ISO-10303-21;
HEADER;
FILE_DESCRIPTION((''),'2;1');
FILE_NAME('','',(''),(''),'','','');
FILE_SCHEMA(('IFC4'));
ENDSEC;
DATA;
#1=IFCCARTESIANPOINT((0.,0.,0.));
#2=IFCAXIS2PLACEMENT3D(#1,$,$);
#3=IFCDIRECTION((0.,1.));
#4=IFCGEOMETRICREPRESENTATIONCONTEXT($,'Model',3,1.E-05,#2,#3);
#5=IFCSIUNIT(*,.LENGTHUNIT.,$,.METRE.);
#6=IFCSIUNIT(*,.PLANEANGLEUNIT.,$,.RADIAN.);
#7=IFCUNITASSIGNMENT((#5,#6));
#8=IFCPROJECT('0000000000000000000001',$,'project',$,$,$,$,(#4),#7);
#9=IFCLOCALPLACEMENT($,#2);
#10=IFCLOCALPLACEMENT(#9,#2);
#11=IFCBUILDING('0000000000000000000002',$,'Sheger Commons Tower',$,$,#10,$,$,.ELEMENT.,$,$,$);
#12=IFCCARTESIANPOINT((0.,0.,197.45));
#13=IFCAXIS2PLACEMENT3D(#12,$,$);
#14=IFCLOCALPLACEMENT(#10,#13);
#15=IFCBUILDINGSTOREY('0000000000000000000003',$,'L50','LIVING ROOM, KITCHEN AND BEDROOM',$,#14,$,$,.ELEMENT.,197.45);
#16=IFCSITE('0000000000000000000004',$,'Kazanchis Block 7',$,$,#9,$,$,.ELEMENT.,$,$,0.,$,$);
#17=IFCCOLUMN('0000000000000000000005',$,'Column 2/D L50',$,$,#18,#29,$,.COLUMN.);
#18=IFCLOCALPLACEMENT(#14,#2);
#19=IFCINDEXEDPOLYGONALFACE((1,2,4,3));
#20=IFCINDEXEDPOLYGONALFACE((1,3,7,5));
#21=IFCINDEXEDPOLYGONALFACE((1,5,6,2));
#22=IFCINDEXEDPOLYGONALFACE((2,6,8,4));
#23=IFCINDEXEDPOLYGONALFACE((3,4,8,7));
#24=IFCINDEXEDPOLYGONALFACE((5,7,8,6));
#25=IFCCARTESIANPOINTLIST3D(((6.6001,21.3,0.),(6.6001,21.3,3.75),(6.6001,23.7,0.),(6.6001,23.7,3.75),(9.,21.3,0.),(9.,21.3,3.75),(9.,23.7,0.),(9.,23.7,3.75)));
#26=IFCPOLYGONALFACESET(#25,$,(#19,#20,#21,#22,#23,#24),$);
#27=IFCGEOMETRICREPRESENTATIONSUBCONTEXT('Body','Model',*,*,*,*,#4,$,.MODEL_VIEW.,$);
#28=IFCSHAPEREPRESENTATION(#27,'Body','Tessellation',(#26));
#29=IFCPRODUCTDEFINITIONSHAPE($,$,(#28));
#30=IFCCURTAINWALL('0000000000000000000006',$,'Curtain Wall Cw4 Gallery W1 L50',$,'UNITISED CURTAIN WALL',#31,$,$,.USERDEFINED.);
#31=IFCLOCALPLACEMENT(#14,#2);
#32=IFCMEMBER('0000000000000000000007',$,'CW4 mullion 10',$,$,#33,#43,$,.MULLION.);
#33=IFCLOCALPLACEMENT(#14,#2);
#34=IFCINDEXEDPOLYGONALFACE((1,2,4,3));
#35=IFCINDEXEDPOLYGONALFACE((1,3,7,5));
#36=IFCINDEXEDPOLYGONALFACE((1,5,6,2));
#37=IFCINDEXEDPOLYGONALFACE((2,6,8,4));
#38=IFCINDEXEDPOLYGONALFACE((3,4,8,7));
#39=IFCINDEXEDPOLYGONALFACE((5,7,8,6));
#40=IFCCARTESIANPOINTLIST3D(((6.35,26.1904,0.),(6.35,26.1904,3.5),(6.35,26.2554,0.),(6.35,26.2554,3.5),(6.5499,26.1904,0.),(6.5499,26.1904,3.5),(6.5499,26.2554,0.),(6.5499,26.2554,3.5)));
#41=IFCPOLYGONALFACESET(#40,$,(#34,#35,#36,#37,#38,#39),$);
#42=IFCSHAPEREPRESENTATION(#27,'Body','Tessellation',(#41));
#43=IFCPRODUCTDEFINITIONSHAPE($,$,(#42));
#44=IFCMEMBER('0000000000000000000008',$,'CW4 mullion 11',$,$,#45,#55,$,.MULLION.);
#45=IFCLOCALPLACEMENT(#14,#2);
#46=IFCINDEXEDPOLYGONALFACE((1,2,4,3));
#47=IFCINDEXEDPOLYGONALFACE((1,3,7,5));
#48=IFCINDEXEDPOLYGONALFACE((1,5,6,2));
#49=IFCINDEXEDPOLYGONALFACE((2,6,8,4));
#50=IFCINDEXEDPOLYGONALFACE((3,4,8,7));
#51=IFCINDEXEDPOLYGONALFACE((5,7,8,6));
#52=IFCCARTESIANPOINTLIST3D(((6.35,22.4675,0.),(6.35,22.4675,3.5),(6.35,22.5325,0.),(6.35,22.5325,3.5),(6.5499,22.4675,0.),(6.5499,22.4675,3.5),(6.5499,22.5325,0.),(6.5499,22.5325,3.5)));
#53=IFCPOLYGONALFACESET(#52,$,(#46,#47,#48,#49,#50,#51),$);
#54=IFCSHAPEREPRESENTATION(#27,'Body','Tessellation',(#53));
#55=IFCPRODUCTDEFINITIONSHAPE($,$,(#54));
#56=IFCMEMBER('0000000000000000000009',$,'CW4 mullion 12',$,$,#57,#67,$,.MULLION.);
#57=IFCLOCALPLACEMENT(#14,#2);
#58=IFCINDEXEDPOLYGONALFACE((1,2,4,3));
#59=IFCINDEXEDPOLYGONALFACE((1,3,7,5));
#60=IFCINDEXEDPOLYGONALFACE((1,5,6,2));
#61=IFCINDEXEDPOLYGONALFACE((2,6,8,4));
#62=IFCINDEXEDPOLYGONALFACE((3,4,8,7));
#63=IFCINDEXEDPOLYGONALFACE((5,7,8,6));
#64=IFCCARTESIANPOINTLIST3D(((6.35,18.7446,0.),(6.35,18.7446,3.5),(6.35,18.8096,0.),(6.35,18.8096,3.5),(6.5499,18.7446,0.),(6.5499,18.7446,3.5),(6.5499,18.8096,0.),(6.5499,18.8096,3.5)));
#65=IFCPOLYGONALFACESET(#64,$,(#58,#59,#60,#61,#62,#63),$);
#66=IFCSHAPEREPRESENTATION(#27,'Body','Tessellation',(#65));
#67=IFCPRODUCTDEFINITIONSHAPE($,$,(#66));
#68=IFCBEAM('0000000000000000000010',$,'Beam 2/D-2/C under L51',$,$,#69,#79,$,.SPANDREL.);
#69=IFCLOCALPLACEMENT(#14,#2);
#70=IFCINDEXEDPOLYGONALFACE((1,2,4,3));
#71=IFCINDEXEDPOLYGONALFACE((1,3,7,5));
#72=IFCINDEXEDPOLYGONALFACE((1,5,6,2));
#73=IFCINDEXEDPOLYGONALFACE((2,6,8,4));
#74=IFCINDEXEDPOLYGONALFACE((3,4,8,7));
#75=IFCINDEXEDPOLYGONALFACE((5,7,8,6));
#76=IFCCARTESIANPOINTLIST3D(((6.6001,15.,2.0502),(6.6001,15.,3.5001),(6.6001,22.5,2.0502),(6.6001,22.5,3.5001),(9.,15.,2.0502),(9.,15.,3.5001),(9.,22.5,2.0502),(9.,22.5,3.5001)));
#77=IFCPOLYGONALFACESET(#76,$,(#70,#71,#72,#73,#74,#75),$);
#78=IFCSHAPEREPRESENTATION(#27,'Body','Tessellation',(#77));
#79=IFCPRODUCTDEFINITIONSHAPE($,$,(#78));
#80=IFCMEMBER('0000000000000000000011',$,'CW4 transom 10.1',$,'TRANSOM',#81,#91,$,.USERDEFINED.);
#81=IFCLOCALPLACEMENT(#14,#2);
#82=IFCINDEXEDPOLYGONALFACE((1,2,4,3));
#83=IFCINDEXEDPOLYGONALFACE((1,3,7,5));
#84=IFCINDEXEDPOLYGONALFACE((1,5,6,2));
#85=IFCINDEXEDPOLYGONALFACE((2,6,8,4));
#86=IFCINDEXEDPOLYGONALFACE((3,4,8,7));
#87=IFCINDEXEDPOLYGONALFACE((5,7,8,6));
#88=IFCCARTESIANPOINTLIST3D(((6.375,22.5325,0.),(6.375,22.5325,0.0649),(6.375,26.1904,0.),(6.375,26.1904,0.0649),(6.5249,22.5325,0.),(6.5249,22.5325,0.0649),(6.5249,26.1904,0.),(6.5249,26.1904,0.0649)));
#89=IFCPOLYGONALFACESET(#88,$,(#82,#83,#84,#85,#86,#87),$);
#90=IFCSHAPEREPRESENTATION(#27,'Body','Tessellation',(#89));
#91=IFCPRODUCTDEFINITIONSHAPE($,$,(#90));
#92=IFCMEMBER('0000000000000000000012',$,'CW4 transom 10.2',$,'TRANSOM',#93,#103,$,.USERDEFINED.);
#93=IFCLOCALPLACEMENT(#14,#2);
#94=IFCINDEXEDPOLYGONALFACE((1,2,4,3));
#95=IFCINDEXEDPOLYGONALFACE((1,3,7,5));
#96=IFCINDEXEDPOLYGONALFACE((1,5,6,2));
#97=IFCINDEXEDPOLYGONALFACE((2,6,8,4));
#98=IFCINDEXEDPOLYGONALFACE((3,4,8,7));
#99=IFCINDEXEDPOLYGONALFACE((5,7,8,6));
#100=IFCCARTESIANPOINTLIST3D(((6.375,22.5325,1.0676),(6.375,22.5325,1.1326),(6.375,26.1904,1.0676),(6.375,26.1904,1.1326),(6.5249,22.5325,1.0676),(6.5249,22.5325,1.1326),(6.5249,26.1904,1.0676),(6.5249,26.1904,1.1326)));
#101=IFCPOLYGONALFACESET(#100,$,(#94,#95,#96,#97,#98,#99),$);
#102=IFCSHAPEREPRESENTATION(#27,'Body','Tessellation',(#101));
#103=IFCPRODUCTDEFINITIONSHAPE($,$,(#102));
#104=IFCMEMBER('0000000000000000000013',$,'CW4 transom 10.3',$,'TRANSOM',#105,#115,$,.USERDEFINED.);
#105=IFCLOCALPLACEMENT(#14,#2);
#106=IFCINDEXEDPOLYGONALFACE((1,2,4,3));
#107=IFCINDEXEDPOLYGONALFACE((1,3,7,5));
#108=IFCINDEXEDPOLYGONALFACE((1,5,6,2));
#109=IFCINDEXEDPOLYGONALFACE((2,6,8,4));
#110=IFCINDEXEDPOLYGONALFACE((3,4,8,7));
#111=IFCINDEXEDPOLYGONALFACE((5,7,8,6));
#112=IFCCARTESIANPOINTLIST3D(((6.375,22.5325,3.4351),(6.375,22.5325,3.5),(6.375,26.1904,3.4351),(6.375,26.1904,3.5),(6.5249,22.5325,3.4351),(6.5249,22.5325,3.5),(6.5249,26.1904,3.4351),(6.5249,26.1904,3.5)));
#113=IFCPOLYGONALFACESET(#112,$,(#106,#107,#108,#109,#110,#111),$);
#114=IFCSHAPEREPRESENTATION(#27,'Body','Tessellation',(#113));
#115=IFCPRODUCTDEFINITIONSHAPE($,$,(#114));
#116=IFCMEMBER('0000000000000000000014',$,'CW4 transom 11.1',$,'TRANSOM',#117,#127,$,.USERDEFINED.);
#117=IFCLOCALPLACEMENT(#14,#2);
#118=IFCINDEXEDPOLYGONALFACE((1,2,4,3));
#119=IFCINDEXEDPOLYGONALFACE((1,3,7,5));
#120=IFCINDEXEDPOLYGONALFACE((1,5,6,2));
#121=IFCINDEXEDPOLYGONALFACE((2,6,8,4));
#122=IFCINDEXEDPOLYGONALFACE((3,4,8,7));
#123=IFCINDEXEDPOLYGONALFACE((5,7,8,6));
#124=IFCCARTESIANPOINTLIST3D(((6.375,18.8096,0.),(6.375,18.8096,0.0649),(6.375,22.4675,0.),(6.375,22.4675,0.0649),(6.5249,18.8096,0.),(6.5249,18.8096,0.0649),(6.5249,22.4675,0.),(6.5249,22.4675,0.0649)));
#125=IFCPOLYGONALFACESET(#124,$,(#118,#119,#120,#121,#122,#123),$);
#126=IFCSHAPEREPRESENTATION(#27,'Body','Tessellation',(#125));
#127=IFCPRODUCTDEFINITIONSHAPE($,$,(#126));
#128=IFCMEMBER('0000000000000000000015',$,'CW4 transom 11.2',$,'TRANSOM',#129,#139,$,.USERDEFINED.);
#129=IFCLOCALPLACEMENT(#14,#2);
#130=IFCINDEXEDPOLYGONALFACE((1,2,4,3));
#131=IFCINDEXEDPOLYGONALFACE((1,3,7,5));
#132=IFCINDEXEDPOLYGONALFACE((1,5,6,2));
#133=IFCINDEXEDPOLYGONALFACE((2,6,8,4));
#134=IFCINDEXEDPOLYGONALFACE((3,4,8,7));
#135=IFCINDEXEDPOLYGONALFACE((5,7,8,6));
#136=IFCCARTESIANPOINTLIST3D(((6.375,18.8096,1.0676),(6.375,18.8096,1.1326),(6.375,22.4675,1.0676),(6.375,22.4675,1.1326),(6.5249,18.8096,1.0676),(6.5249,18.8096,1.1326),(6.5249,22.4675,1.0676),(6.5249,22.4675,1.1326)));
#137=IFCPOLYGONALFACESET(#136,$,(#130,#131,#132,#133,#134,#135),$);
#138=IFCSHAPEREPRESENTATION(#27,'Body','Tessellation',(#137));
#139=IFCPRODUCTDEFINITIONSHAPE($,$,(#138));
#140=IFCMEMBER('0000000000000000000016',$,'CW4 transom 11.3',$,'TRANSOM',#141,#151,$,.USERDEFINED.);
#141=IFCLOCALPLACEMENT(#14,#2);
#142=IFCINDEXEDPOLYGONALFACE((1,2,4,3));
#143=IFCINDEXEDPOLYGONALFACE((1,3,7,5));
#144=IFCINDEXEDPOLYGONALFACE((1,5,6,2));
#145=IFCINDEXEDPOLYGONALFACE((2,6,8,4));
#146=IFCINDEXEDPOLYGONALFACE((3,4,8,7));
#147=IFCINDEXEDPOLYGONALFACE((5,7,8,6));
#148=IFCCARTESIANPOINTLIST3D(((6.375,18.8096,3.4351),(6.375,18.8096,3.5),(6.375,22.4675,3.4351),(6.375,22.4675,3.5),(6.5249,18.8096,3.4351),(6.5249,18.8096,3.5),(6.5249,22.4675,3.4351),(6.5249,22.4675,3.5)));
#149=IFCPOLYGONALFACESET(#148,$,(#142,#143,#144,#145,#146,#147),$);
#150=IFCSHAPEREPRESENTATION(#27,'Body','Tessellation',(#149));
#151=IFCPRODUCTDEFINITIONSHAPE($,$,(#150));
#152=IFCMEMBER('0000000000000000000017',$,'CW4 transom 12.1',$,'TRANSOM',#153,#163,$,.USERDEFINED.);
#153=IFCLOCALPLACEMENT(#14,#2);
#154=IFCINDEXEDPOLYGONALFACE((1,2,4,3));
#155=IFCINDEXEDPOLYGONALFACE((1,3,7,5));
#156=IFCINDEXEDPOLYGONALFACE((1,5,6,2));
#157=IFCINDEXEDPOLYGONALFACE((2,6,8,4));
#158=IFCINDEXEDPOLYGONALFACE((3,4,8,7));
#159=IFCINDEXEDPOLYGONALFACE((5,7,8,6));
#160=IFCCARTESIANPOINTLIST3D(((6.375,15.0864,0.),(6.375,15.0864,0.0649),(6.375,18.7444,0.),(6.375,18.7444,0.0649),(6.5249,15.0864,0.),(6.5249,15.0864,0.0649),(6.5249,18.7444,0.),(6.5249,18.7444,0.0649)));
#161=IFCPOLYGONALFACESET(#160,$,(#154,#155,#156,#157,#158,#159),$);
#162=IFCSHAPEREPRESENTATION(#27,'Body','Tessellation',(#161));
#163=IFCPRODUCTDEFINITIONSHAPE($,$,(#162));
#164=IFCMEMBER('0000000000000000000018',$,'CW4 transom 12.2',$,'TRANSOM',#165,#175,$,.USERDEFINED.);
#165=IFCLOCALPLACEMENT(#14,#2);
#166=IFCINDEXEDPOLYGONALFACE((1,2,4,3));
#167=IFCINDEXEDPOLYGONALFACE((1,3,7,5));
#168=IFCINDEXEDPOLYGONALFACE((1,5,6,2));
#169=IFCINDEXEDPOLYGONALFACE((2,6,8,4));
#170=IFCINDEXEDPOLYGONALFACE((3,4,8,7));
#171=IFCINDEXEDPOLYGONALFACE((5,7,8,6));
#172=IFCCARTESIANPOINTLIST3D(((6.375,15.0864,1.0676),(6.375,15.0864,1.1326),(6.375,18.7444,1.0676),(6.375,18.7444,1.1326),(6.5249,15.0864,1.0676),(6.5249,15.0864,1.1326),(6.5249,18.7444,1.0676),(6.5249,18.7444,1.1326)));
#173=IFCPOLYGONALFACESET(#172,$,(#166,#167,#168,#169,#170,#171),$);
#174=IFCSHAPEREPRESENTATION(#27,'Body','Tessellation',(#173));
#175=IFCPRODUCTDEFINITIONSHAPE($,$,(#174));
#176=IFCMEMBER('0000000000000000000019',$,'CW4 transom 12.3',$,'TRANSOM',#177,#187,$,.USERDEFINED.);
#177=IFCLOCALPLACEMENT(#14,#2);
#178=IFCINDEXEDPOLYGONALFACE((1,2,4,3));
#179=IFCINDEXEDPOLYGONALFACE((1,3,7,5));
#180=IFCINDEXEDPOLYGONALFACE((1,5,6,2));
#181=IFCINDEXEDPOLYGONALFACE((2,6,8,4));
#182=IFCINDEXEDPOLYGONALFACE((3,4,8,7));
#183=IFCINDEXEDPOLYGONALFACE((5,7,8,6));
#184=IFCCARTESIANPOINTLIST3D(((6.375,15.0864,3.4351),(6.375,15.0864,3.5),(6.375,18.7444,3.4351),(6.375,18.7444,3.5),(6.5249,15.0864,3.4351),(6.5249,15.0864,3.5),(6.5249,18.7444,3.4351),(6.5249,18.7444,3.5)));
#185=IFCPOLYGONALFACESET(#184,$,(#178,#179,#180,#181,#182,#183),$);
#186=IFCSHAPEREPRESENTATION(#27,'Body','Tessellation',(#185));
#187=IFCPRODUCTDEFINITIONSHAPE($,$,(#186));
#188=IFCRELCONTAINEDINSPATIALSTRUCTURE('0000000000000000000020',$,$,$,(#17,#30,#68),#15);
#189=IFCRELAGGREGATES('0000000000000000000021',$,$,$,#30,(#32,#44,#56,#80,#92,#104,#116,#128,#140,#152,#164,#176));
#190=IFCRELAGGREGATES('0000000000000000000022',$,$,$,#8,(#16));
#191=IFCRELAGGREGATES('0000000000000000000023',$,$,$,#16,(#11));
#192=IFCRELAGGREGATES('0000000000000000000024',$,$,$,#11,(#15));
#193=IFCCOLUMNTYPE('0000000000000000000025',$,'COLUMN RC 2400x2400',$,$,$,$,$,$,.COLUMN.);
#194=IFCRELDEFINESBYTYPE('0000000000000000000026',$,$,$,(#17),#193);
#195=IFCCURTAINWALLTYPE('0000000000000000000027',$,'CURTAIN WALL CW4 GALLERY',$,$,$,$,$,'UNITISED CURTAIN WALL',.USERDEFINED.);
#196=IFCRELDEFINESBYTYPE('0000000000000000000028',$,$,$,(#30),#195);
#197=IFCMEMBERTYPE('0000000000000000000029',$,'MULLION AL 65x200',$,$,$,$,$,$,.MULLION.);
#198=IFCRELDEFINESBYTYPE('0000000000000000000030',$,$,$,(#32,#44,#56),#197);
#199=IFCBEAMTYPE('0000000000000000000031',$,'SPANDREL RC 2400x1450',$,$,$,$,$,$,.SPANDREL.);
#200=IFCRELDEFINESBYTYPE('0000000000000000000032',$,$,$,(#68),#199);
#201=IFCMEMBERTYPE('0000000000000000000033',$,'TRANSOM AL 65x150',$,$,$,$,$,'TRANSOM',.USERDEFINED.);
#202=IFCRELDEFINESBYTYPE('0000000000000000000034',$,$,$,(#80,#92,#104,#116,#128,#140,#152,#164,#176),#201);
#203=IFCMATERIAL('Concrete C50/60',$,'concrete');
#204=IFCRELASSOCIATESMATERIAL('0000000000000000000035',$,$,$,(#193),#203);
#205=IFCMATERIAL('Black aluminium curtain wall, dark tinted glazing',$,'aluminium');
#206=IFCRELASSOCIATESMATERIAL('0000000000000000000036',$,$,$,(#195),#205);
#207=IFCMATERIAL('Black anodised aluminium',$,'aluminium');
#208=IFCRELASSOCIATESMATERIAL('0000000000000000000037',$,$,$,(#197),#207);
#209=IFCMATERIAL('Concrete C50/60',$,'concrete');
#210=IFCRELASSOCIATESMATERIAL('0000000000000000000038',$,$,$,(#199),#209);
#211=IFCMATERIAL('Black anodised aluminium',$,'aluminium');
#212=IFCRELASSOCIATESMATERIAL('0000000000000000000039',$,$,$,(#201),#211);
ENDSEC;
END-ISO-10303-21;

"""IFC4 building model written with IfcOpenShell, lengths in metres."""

from ifc_helpers import new_model, si_unit, direction, frame, origin, origin_2d, place, context, subcontext, project, spatial, rectangle, extrude, material, material_profile, profile_set, type_object, element, aggregate, save


model = new_model("IFC4")

# Units and contexts
model_context = context("Model", 3, precision=1e-05, world=origin(), true_north=direction((0.0, 1.0)))
body_context = subcontext(model_context, "Body", "Model", "MODEL_VIEW")
ifc_project = project(units=[si_unit("LENGTHUNIT", "METRE"), si_unit("PLANEANGLEUNIT", "RADIAN")], contexts=[model_context])

# Site, building, storey
site_placement = place(None, origin())
site = spatial("IfcSite", under=ifc_project, at=site_placement, Name="Kazanchis Block 7", CompositionType="ELEMENT", RefElevation=0.0)
building_placement = place(site_placement, origin())
building = spatial("IfcBuilding", under=site, at=building_placement, Name="Sheger Commons Tower", CompositionType="ELEMENT")
storey_placement = place(building_placement, frame((0.0, 0.0, 197.45)))
storey = spatial("IfcBuildingStorey", under=building, at=storey_placement, Name="L50", Description="LIVING ROOM, KITCHEN AND BEDROOM", CompositionType="ELEMENT", Elevation=197.45)

# Column
ifc_material_1 = material(Name="Concrete C50/60", Category="concrete")
ifc_material_profile_1 = material_profile(ifc_material_1, rectangle(XDim=2.3999, YDim=2.3999, at=origin_2d()), Name="RC 2400x2400")
ifc_profile_set_1 = profile_set([ifc_material_profile_1], Name="Concrete C50/60")
column_type = type_object("IfcColumnType", Name="COLUMN RC 2400x2400", PredefinedType="COLUMN", material=ifc_profile_set_1)
column_placement = place(storey_placement, frame((7.8, 22.5, 0.0), z_axis=(0.0, 0.0, 1.0), x_axis=(1.0, 0.0, 0.0)))
element("IfcColumn", 1, at=column_placement, inside=storey, type_object=column_type, Name="Column 2/D L50", PredefinedType="COLUMN", context=body_context, shape_type="SweptSolid", body=[
    extrude(rectangle(XDim=2.3999, YDim=2.3999, at=origin_2d()), origin(), (0.0, 0.0, 1.0), 3.75),
])

# Curtain wall, members
ifc_material_2 = material(Name="Black aluminium curtain wall, dark tinted glazing", Category="aluminium")
curtain_wall_type = type_object("IfcCurtainWallType", Name="CURTAIN WALL CW4 GALLERY", ElementType="UNITISED CURTAIN WALL", PredefinedType="USERDEFINED", material=ifc_material_2)
curtain_wall_placement = place(storey_placement, origin())
curtain_wall = element("IfcCurtainWall", 2, at=curtain_wall_placement, inside=storey, type_object=curtain_wall_type, Name="Curtain Wall Cw4 Gallery W1 L50", ObjectType="UNITISED CURTAIN WALL", PredefinedType="USERDEFINED")
ifc_material_3 = material(Name="Black anodised aluminium", Category="aluminium")
ifc_material_profile_2 = material_profile(ifc_material_3, rectangle(XDim=0.2, YDim=0.0649, at=origin_2d()), Name="AL 65x200")
ifc_profile_set_2 = profile_set([ifc_material_profile_2], Name="Black anodised aluminium")
member_type_1 = type_object("IfcMemberType", Name="MULLION AL 65x200", PredefinedType="MULLION", material=ifc_profile_set_2)
member_1_placement = place(storey_placement, frame((6.45, 26.2229, 0.0), z_axis=(0.0, 0.0, 1.0), x_axis=(1.0, 0.0, 0.0)))
member_1 = element("IfcMember", 3, at=member_1_placement, type_object=member_type_1, Name="CW4 mullion 10", PredefinedType="MULLION", context=body_context, shape_type="SweptSolid", body=[
    extrude(rectangle(XDim=0.2, YDim=0.0649, at=origin_2d()), origin(), (0.0, 0.0, 1.0), 3.5),
])
member_2_placement = place(storey_placement, frame((6.45, 22.5, 0.0), z_axis=(0.0, 0.0, 1.0), x_axis=(1.0, 0.0, 0.0)))
member_2 = element("IfcMember", 4, at=member_2_placement, type_object=member_type_1, Name="CW4 mullion 11", PredefinedType="MULLION", context=body_context, shape_type="SweptSolid", body=[
    extrude(rectangle(XDim=0.2, YDim=0.0649, at=origin_2d()), origin(), (0.0, 0.0, 1.0), 3.5),
])
member_3_placement = place(storey_placement, frame((6.45, 18.7771, 0.0), z_axis=(0.0, 0.0, 1.0), x_axis=(1.0, 0.0, 0.0)))
member_3 = element("IfcMember", 5, at=member_3_placement, type_object=member_type_1, Name="CW4 mullion 12", PredefinedType="MULLION", context=body_context, shape_type="SweptSolid", body=[
    extrude(rectangle(XDim=0.2, YDim=0.0649, at=origin_2d()), origin(), (0.0, 0.0, 1.0), 3.5),
])

# Beam
ifc_material_4 = material(Name="Concrete C50/60", Category="concrete")
ifc_material_profile_3 = material_profile(ifc_material_4, rectangle(XDim=2.3999, YDim=1.45, at=origin_2d()), Name="RC 2400x1450")
ifc_profile_set_3 = profile_set([ifc_material_profile_3], Name="Concrete C50/60")
beam_type = type_object("IfcBeamType", Name="SPANDREL RC 2400x1450", PredefinedType="SPANDREL", material=ifc_profile_set_3)
beam_placement = place(storey_placement, frame((7.8, 22.5, 2.7751), z_axis=(0.0, -1.0, 0.0), x_axis=(1.0, 0.0, 0.0)))
element("IfcBeam", 6, at=beam_placement, inside=storey, type_object=beam_type, Name="Beam 2/D-2/C under L51", PredefinedType="SPANDREL", context=body_context, shape_type="SweptSolid", body=[
    extrude(rectangle(XDim=2.3999, YDim=1.45, at=origin_2d()), origin(), (0.0, 0.0, 1.0), 7.5),
])

# Members
ifc_material_5 = material(Name="Black anodised aluminium", Category="aluminium")
ifc_material_profile_4 = material_profile(ifc_material_5, rectangle(XDim=0.1499, YDim=0.0649, at=origin_2d()), Name="AL 65x150")
ifc_profile_set_4 = profile_set([ifc_material_profile_4], Name="Black anodised aluminium")
member_type_2 = type_object("IfcMemberType", Name="TRANSOM AL 65x150", ElementType="TRANSOM", PredefinedType="USERDEFINED", material=ifc_profile_set_4)
member_4_placement = place(storey_placement, frame((6.45, 26.1904, 0.0325), z_axis=(0.0, -1.0, 0.0), x_axis=(1.0, 0.0, 0.0)))
member_4 = element("IfcMember", 7, at=member_4_placement, type_object=member_type_2, Name="CW4 transom 10.1", ObjectType="TRANSOM", PredefinedType="USERDEFINED", context=body_context, shape_type="SweptSolid", body=[
    extrude(rectangle(XDim=0.1499, YDim=0.0649, at=origin_2d()), origin(), (0.0, 0.0, 1.0), 3.658),
])
member_5_placement = place(storey_placement, frame((6.45, 26.1904, 1.1001), z_axis=(0.0, -1.0, 0.0), x_axis=(1.0, 0.0, 0.0)))
member_5 = element("IfcMember", 8, at=member_5_placement, type_object=member_type_2, Name="CW4 transom 10.2", ObjectType="TRANSOM", PredefinedType="USERDEFINED", context=body_context, shape_type="SweptSolid", body=[
    extrude(rectangle(XDim=0.1499, YDim=0.0649, at=origin_2d()), origin(), (0.0, 0.0, 1.0), 3.658),
])
member_6_placement = place(storey_placement, frame((6.45, 26.1904, 3.4675), z_axis=(0.0, -1.0, 0.0), x_axis=(1.0, 0.0, 0.0)))
member_6 = element("IfcMember", 9, at=member_6_placement, type_object=member_type_2, Name="CW4 transom 10.3", ObjectType="TRANSOM", PredefinedType="USERDEFINED", context=body_context, shape_type="SweptSolid", body=[
    extrude(rectangle(XDim=0.1499, YDim=0.0649, at=origin_2d()), origin(), (0.0, 0.0, 1.0), 3.658),
])
member_7_placement = place(storey_placement, frame((6.45, 22.4675, 0.0325), z_axis=(0.0, -1.0, 0.0), x_axis=(1.0, 0.0, 0.0)))
member_7 = element("IfcMember", 10, at=member_7_placement, type_object=member_type_2, Name="CW4 transom 11.1", ObjectType="TRANSOM", PredefinedType="USERDEFINED", context=body_context, shape_type="SweptSolid", body=[
    extrude(rectangle(XDim=0.1499, YDim=0.0649, at=origin_2d()), origin(), (0.0, 0.0, 1.0), 3.658),
])
member_8_placement = place(storey_placement, frame((6.45, 22.4675, 1.1001), z_axis=(0.0, -1.0, 0.0), x_axis=(1.0, 0.0, 0.0)))
member_8 = element("IfcMember", 11, at=member_8_placement, type_object=member_type_2, Name="CW4 transom 11.2", ObjectType="TRANSOM", PredefinedType="USERDEFINED", context=body_context, shape_type="SweptSolid", body=[
    extrude(rectangle(XDim=0.1499, YDim=0.0649, at=origin_2d()), origin(), (0.0, 0.0, 1.0), 3.658),
])
member_9_placement = place(storey_placement, frame((6.45, 22.4675, 3.4675), z_axis=(0.0, -1.0, 0.0), x_axis=(1.0, 0.0, 0.0)))
member_9 = element("IfcMember", 12, at=member_9_placement, type_object=member_type_2, Name="CW4 transom 11.3", ObjectType="TRANSOM", PredefinedType="USERDEFINED", context=body_context, shape_type="SweptSolid", body=[
    extrude(rectangle(XDim=0.1499, YDim=0.0649, at=origin_2d()), origin(), (0.0, 0.0, 1.0), 3.658),
])
member_10_placement = place(storey_placement, frame((6.45, 18.7444, 0.0325), z_axis=(0.0, -1.0, 0.0), x_axis=(1.0, 0.0, 0.0)))
member_10 = element("IfcMember", 13, at=member_10_placement, type_object=member_type_2, Name="CW4 transom 12.1", ObjectType="TRANSOM", PredefinedType="USERDEFINED", context=body_context, shape_type="SweptSolid", body=[
    extrude(rectangle(XDim=0.1499, YDim=0.0649, at=origin_2d()), origin(), (0.0, 0.0, 1.0), 3.658),
])
member_11_placement = place(storey_placement, frame((6.45, 18.7444, 1.1001), z_axis=(0.0, -1.0, 0.0), x_axis=(1.0, 0.0, 0.0)))
member_11 = element("IfcMember", 14, at=member_11_placement, type_object=member_type_2, Name="CW4 transom 12.2", ObjectType="TRANSOM", PredefinedType="USERDEFINED", context=body_context, shape_type="SweptSolid", body=[
    extrude(rectangle(XDim=0.1499, YDim=0.0649, at=origin_2d()), origin(), (0.0, 0.0, 1.0), 3.658),
])
member_12_placement = place(storey_placement, frame((6.45, 18.7444, 3.4675), z_axis=(0.0, -1.0, 0.0), x_axis=(1.0, 0.0, 0.0)))
member_12 = element("IfcMember", 15, at=member_12_placement, type_object=member_type_2, Name="CW4 transom 12.3", ObjectType="TRANSOM", PredefinedType="USERDEFINED", context=body_context, shape_type="SweptSolid", body=[
    extrude(rectangle(XDim=0.1499, YDim=0.0649, at=origin_2d()), origin(), (0.0, 0.0, 1.0), 3.658),
])

aggregate(curtain_wall, [member_1, member_2, member_3, member_4, member_5, member_6, member_7, member_8, member_9, member_10, member_11, member_12])

save(model, "model.ifc")
